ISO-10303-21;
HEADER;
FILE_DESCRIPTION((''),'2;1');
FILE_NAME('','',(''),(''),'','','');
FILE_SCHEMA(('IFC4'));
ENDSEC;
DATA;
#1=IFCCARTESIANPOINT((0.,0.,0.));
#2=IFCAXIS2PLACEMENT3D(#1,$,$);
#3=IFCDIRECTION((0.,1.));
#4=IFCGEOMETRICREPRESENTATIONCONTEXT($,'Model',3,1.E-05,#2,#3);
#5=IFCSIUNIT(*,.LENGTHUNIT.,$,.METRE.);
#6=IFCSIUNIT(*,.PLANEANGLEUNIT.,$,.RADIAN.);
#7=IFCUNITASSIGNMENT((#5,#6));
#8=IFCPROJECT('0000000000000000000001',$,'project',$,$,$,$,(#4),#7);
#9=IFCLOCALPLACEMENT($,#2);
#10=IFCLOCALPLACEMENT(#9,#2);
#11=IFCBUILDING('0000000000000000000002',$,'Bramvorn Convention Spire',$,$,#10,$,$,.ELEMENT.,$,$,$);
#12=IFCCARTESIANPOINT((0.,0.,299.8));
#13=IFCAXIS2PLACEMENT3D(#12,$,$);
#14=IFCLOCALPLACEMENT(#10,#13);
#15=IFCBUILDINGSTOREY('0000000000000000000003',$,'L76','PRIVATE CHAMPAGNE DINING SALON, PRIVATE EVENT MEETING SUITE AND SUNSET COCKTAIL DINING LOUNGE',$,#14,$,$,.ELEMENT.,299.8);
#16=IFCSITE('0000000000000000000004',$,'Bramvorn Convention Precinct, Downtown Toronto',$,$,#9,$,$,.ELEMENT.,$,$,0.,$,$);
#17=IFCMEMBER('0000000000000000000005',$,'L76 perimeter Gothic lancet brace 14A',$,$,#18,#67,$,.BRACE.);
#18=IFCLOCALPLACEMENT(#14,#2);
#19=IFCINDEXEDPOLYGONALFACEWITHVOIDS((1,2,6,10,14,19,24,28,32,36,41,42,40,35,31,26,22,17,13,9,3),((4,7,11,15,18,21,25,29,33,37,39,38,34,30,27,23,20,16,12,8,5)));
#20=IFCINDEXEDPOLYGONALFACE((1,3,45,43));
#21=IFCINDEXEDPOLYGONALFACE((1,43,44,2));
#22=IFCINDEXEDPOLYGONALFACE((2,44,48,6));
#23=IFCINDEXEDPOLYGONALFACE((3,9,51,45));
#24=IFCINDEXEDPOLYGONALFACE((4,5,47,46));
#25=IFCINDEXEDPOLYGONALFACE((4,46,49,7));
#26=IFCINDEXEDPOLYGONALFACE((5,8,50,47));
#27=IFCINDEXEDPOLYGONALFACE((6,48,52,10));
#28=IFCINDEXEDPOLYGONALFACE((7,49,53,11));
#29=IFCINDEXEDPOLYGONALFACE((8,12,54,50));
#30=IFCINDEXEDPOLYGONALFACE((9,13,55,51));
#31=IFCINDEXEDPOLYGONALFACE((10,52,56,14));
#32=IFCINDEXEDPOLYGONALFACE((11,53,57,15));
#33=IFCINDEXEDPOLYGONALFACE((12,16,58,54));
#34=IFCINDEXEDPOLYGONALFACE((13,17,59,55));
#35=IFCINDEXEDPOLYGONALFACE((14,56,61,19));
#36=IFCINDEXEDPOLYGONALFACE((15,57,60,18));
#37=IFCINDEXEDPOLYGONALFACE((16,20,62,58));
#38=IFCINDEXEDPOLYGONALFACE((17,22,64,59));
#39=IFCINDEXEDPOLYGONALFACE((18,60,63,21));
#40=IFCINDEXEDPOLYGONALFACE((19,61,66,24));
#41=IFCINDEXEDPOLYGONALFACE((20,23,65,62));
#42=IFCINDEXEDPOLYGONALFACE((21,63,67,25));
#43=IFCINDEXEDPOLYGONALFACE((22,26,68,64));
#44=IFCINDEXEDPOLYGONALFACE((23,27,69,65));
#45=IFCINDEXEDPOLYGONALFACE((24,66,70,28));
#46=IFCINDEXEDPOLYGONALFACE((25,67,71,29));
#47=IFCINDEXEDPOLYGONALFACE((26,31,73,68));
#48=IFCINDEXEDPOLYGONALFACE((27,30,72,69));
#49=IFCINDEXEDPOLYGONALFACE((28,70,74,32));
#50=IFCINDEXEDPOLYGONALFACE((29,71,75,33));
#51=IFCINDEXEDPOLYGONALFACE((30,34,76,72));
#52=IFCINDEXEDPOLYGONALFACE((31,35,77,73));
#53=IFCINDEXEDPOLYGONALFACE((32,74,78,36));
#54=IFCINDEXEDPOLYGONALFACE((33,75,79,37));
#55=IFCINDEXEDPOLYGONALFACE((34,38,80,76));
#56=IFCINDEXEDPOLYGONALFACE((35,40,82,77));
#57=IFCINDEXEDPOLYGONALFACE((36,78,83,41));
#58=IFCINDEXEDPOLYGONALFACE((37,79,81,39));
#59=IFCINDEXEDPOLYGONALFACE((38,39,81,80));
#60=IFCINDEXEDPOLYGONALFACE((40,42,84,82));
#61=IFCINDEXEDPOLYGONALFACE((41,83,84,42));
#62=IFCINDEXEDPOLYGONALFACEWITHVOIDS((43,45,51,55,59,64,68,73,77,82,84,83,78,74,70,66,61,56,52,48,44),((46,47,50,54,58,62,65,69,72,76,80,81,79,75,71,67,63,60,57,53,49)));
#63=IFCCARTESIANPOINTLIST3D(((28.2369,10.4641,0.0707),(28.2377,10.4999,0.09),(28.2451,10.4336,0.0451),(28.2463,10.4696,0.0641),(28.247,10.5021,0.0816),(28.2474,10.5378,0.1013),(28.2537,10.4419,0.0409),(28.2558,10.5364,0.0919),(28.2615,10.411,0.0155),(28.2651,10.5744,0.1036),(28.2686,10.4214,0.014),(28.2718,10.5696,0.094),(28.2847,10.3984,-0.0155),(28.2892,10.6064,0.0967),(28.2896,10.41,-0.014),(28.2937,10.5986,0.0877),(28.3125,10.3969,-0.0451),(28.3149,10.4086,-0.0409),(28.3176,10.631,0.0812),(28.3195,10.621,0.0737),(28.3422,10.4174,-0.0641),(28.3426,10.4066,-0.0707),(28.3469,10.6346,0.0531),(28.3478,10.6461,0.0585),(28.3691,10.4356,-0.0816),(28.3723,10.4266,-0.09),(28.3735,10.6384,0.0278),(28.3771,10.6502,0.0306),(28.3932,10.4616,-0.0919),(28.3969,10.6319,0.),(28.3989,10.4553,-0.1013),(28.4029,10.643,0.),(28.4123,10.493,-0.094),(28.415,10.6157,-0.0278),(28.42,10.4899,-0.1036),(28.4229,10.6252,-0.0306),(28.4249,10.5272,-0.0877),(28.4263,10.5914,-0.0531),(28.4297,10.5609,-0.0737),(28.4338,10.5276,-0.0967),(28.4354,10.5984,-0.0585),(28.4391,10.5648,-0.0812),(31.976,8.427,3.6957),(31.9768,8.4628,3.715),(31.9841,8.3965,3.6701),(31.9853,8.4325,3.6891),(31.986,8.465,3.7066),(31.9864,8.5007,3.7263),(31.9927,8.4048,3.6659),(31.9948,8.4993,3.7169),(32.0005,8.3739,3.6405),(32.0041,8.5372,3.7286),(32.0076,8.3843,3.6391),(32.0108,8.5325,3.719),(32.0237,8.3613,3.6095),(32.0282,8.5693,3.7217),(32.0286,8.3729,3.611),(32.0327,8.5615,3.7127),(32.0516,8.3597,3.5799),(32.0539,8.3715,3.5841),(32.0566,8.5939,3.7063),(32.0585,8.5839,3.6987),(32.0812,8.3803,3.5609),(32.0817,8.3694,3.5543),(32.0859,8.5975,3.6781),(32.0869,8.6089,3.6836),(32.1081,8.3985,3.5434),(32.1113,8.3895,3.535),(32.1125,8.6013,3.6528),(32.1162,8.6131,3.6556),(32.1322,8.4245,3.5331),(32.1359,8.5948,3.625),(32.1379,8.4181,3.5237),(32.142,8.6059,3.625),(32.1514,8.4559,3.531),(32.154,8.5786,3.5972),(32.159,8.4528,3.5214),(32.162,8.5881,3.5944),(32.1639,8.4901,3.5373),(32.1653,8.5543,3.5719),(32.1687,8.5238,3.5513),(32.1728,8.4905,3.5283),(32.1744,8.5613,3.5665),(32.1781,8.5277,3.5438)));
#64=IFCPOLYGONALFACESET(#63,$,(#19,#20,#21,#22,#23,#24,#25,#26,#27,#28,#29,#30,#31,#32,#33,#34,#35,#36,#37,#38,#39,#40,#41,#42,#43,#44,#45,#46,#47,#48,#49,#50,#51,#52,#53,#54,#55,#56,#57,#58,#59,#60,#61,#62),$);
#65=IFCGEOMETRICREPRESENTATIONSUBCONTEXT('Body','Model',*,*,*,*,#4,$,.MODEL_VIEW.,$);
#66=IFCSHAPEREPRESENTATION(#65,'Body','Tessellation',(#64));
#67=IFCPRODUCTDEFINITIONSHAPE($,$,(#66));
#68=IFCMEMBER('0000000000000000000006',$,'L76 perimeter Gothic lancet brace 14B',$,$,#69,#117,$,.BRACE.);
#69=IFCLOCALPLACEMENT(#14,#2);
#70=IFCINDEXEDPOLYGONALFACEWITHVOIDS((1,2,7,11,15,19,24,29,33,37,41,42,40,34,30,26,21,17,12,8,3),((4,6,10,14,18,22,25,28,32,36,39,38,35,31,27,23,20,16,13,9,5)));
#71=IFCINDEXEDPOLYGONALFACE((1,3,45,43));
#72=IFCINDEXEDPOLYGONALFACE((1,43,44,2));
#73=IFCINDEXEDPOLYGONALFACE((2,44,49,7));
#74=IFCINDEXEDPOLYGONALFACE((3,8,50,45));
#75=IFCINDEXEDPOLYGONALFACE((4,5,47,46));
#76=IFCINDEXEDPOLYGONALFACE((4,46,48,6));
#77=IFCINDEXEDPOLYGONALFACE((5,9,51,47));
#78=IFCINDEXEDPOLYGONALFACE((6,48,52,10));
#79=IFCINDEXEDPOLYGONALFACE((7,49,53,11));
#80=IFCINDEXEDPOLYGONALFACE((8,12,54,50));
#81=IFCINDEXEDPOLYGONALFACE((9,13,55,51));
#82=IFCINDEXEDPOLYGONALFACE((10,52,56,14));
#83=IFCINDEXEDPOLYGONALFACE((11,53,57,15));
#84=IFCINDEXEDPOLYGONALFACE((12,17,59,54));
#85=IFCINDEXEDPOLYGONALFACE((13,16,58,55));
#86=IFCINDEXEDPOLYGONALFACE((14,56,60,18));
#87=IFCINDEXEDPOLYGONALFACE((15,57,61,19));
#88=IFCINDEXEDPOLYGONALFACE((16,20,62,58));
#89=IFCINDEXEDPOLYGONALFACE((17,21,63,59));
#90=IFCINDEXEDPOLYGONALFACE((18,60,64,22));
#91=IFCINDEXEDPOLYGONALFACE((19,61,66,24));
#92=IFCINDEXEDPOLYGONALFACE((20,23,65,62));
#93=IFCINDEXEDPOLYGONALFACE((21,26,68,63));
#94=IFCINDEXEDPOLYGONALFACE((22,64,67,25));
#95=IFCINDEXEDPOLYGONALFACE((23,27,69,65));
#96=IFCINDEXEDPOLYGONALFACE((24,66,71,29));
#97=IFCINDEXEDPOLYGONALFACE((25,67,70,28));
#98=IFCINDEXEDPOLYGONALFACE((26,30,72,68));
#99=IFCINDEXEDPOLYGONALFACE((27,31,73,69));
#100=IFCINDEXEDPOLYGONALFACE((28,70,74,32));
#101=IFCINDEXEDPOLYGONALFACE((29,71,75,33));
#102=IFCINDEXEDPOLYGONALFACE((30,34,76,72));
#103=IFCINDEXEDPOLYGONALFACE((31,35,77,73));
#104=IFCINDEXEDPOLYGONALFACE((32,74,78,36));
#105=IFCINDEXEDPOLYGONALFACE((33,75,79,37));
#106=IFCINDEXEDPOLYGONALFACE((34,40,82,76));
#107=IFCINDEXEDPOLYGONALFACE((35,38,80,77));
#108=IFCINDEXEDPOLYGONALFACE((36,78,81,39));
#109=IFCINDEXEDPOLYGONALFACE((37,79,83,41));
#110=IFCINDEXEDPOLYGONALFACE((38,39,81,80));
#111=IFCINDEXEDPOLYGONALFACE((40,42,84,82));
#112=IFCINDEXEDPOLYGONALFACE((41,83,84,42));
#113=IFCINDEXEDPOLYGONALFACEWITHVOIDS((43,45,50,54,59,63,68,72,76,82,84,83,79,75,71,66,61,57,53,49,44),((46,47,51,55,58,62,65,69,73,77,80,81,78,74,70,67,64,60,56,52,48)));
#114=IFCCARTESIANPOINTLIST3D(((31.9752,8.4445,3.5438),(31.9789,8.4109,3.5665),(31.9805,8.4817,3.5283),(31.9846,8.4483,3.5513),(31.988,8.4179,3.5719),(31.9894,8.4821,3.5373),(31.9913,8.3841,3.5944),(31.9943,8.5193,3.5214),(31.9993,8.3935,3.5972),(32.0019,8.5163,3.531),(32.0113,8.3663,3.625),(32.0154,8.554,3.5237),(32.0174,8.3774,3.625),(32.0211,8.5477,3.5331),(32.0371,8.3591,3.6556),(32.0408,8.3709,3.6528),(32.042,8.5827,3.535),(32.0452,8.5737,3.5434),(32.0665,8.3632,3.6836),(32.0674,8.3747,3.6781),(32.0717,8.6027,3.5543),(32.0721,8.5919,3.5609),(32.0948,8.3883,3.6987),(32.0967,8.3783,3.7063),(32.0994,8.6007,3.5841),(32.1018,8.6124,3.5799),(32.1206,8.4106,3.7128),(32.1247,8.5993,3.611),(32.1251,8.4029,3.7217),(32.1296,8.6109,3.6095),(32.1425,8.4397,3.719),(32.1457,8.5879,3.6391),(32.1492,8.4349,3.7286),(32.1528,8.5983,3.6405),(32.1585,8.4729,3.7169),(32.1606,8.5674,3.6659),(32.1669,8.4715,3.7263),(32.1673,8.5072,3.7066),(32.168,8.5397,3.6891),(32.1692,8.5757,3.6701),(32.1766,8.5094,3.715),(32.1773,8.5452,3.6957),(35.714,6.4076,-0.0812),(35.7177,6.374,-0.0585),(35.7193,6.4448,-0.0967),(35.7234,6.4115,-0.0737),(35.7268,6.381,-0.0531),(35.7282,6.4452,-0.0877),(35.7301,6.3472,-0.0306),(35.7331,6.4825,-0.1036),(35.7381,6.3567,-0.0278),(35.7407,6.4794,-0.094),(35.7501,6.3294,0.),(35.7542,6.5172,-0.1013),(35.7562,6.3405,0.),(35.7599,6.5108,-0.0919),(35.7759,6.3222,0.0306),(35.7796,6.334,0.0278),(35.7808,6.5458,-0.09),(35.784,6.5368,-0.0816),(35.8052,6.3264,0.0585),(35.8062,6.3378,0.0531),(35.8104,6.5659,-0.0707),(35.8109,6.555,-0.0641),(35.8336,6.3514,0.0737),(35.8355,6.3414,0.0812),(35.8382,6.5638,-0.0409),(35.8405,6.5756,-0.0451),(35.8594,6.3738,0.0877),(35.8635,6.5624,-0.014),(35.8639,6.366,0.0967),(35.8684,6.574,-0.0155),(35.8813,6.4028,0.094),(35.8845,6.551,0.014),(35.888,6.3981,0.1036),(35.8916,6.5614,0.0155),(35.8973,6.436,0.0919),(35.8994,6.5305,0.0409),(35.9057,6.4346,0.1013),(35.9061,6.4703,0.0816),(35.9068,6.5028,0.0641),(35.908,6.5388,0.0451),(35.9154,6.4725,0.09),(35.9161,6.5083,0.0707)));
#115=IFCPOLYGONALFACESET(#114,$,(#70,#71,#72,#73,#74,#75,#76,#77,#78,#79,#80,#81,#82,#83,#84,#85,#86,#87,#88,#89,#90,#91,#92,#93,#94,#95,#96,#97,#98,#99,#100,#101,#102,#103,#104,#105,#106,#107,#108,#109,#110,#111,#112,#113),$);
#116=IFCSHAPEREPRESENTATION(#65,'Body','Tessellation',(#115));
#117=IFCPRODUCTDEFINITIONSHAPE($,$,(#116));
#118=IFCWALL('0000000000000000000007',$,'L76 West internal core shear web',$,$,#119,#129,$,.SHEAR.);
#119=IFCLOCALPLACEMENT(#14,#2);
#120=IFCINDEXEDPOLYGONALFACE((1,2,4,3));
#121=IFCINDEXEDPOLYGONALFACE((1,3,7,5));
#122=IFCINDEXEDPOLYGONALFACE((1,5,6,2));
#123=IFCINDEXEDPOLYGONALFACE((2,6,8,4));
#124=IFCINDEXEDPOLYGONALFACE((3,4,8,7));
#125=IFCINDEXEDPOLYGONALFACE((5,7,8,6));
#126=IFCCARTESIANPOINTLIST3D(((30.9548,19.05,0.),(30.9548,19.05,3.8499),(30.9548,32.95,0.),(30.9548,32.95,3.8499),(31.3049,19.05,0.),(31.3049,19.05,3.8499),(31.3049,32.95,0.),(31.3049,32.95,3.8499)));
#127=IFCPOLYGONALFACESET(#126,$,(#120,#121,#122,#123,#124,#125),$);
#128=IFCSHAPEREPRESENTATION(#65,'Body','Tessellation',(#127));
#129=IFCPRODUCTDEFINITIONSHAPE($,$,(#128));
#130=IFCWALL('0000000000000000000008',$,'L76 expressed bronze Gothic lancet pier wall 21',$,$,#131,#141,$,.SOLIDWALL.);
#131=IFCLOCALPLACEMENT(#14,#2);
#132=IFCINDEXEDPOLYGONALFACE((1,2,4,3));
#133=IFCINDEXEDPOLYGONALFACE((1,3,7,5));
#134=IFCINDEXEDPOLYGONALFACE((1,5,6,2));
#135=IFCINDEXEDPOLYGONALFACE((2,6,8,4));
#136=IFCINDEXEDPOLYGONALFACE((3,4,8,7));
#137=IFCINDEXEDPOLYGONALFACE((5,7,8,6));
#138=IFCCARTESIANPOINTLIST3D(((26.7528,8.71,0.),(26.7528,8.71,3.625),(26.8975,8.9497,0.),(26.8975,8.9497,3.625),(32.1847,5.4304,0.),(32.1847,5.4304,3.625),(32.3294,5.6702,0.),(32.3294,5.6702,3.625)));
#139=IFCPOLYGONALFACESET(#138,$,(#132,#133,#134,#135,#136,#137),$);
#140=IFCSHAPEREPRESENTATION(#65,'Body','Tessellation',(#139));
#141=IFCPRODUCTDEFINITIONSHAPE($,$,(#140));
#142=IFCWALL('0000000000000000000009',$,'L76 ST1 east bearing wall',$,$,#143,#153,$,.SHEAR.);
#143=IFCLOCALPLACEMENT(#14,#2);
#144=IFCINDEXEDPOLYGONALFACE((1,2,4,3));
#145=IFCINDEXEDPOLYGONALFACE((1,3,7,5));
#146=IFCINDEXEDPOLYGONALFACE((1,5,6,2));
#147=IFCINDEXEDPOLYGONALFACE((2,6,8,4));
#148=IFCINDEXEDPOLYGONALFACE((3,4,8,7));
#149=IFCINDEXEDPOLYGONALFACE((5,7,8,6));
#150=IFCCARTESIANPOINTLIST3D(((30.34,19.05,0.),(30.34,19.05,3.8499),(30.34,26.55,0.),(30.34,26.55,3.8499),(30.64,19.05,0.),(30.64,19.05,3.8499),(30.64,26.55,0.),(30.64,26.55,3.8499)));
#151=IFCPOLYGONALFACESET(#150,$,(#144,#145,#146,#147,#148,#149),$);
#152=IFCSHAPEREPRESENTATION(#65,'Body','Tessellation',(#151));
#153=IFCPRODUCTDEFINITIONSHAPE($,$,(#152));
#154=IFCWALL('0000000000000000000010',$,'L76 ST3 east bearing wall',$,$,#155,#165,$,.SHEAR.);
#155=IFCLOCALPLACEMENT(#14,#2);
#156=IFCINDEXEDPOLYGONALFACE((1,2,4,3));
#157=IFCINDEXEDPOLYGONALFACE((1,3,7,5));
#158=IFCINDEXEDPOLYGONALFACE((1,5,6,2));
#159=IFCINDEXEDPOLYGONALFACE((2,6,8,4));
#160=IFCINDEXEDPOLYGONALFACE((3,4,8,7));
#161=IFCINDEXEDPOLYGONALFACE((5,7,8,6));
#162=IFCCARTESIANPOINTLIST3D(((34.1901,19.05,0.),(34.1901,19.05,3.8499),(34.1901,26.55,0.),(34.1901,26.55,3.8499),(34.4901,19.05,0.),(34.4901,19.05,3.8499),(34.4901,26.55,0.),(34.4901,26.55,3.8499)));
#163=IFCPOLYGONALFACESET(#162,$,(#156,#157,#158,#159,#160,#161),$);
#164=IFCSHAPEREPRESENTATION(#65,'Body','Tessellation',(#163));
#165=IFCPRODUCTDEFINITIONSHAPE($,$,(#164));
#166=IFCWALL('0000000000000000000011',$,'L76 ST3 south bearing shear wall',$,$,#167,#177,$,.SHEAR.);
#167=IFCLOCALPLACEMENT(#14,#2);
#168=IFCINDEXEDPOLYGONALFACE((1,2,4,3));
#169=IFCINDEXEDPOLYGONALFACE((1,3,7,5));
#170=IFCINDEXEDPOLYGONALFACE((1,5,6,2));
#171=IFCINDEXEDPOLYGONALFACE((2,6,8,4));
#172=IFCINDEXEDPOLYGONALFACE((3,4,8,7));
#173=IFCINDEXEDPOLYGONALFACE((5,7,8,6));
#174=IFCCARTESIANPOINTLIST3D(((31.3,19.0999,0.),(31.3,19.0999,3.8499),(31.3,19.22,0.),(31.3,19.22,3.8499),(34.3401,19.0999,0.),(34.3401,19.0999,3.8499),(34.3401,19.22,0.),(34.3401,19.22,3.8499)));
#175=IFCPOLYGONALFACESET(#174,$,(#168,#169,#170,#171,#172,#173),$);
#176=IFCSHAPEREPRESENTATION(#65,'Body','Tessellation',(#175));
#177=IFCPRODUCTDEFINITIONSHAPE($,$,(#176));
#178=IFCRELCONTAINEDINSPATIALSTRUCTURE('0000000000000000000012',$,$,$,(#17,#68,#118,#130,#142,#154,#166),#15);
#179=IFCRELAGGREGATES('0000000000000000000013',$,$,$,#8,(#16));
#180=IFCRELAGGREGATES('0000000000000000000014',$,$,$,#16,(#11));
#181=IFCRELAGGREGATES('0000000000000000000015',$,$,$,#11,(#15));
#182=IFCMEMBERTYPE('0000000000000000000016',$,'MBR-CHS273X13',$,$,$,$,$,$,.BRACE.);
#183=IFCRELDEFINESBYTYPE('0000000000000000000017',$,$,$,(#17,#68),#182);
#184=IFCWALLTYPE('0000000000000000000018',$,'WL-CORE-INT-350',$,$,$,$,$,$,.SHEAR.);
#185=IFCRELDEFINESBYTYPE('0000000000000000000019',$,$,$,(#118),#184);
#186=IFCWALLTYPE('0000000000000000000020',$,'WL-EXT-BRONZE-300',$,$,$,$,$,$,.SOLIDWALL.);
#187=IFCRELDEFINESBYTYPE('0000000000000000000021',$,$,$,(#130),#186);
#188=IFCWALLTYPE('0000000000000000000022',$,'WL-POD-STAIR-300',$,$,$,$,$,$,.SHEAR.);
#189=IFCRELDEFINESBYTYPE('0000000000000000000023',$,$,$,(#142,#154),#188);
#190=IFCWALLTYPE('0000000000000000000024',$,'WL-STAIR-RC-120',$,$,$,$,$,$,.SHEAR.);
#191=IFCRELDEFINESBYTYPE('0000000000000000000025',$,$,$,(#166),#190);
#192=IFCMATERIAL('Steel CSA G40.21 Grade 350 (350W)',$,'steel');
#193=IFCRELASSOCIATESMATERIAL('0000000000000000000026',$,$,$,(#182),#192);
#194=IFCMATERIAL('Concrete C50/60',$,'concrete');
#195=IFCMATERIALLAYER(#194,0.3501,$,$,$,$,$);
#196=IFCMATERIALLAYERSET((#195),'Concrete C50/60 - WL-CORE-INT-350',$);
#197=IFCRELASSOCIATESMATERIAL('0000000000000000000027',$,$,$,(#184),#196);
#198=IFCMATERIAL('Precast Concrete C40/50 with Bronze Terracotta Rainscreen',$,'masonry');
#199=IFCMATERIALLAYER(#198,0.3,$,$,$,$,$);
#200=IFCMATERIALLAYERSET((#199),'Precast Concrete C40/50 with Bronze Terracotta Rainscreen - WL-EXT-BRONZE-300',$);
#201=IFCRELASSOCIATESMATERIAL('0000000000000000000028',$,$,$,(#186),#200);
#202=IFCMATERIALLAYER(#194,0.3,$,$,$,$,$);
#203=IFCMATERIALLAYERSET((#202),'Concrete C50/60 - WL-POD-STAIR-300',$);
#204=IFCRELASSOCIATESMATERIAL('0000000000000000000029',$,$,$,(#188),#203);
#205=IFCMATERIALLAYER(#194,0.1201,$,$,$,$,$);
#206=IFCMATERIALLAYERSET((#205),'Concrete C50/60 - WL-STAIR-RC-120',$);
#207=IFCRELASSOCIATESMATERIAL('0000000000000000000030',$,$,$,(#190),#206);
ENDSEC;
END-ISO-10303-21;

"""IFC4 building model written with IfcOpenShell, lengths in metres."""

from ifc_helpers import new_model, si_unit, direction, frame, frame_2d, origin, origin_2d, place, context, subcontext, project, spatial, rectangle, hollow_circle, extrude, material, layer, layer_set, material_profile, profile_set, type_object, element, save


model = new_model("IFC4")

# Units and contexts
model_context = context("Model", 3, precision=1e-05, world=origin(), true_north=direction((0.0, 1.0)))
body_context = subcontext(model_context, "Body", "Model", "MODEL_VIEW")
ifc_project = project(units=[si_unit("LENGTHUNIT", "METRE"), si_unit("PLANEANGLEUNIT", "RADIAN")], contexts=[model_context])

# Site, building, storey
site_placement = place(None, origin())
site = spatial("IfcSite", under=ifc_project, at=site_placement, Name="Bramvorn Convention Precinct, Downtown Toronto", CompositionType="ELEMENT", RefElevation=0.0)
building_placement = place(site_placement, origin())
building = spatial("IfcBuilding", under=site, at=building_placement, Name="Bramvorn Convention Spire", CompositionType="ELEMENT")
storey_placement = place(building_placement, frame((0.0, 0.0, 299.8)))
storey = spatial("IfcBuildingStorey", under=building, at=storey_placement, Name="L76", Description="PRIVATE CHAMPAGNE DINING SALON, PRIVATE EVENT MEETING SUITE AND SUNSET COCKTAIL DINING LOUNGE", CompositionType="ELEMENT", Elevation=299.8)

# Shared definitions
ifc_material_1 = material(Name="Steel CSA G40.21 Grade 350 (350W)", Category="steel")

# Members
ifc_material_profile_1 = material_profile(ifc_material_1, hollow_circle(Radius=0.1365, WallThickness=0.0127, at=origin_2d()))
ifc_profile_set_1 = profile_set([ifc_material_profile_1], Name="Steel CSA G40.21 Grade 350 (350W) - CHS273X13")
member_type = type_object("IfcMemberType", Name="MBR-CHS273X13", PredefinedType="BRACE", material=ifc_profile_set_1)
member_1_placement = place(storey_placement, frame((28.3376, 10.5232, 0.0), z_axis=(0.668634, -0.364289, 0.648245), x_axis=(0.478426, 0.878128, 0.0)))
element("IfcMember", 1, at=member_1_placement, inside=storey, type_object=member_type, Name="L76 perimeter Gothic lancet brace 14A", PredefinedType="BRACE", context=body_context, shape_type="SweptSolid", body=[
    extrude(hollow_circle(Radius=0.1365, WallThickness=0.0127, at=origin_2d()), origin(), (0.0, 0.0, 1.0), 5.592),
])
member_2_placement = place(storey_placement, frame((35.8154, 6.4492, 0.0), z_axis=(-0.668621, 0.364262, 0.648275), x_axis=(-0.478406, -0.878139, 0.0)))
element("IfcMember", 2, at=member_2_placement, inside=storey, type_object=member_type, Name="L76 perimeter Gothic lancet brace 14B", PredefinedType="BRACE", context=body_context, shape_type="SweptSolid", body=[
    extrude(hollow_circle(Radius=0.1365, WallThickness=0.0127, at=origin_2d()), origin(), (0.0, 0.0, 1.0), 5.5918),
])

# Walls
ifc_material_2 = material(Name="Concrete C50/60", Category="concrete")
ifc_layer_1 = layer(ifc_material_2, 0.3501)
ifc_layer_set_1 = layer_set([ifc_layer_1], Name="Concrete C50/60 - WL-CORE-INT-350")
wall_type_1 = type_object("IfcWallType", Name="WL-CORE-INT-350", PredefinedType="SHEAR", material=ifc_layer_set_1)
wall_1_placement = place(storey_placement, frame((31.1299, 19.05, 0.0), z_axis=(0.0, 0.0, 1.0), x_axis=(0.0, 1.0, 0.0)))
element("IfcWall", 3, at=wall_1_placement, inside=storey, type_object=wall_type_1, Name="L76 West internal core shear web", PredefinedType="SHEAR", context=body_context, shape_type="SweptSolid", body=[
    extrude(rectangle(XDim=13.8999, YDim=0.3501, at=frame_2d((6.95, 0.0))), origin(), (0.0, 0.0, 1.0), 3.8499),
])
ifc_material_3 = material(Name="Precast Concrete C40/50 with Bronze Terracotta Rainscreen", Category="masonry")
ifc_layer_2 = layer(ifc_material_3, 0.3)
ifc_layer_set_2 = layer_set([ifc_layer_2], Name="Precast Concrete C40/50 with Bronze Terracotta Rainscreen - WL-EXT-BRONZE-300")
wall_type_2 = type_object("IfcWallType", Name="WL-EXT-BRONZE-300", PredefinedType="SOLIDWALL", material=ifc_layer_set_2)
wall_2_placement = place(storey_placement, frame((32.2571, 5.5503, 0.0), z_axis=(0.0, 0.0, 1.0), x_axis=(-0.856071, 0.516859, 0.0)))
element("IfcWall", 4, at=wall_2_placement, inside=storey, type_object=wall_type_2, Name="L76 expressed bronze Gothic lancet pier wall 21", PredefinedType="SOLIDWALL", context=body_context, shape_type="SweptSolid", body=[
    extrude(rectangle(XDim=6.3452, YDim=0.28, at=frame_2d((3.1726, 0.0))), origin(), (0.0, 0.0, 1.0), 3.625),
])
ifc_layer_3 = layer(ifc_material_2, 0.3)
ifc_layer_set_3 = layer_set([ifc_layer_3], Name="Concrete C50/60 - WL-POD-STAIR-300")
wall_type_3 = type_object("IfcWallType", Name="WL-POD-STAIR-300", PredefinedType="SHEAR", material=ifc_layer_set_3)
for number, where, z_axis, x_axis, name in (
    (5, (30.49, 19.05, 0.0), (0.0, 0.0, 1.0), (0.0, 1.0, 0.0), "L76 ST1 east bearing wall"),
    (6, (34.3401, 19.05, 0.0), (0.0, 0.0, 1.0), (0.0, 1.0, 0.0), "L76 ST3 east bearing wall"),
):
    element("IfcWall", number, at=place(storey_placement, frame(where, z_axis=z_axis, x_axis=x_axis)), inside=storey, type_object=wall_type_3, Name=name, PredefinedType="SHEAR", context=body_context, shape_type="SweptSolid", body=[
        extrude(rectangle(XDim=7.5, YDim=0.3, at=frame_2d((3.75, 0.0))), origin(), (0.0, 0.0, 1.0), 3.8499),
    ])
ifc_layer_4 = layer(ifc_material_2, 0.1201)
ifc_layer_set_4 = layer_set([ifc_layer_4], Name="Concrete C50/60 - WL-STAIR-RC-120")
wall_type_4 = type_object("IfcWallType", Name="WL-STAIR-RC-120", PredefinedType="SHEAR", material=ifc_layer_set_4)
wall_3_placement = place(storey_placement, frame((31.3, 19.1599, 0.0), z_axis=(0.0, 0.0, 1.0), x_axis=(1.0, 0.0, 0.0)))
element("IfcWall", 7, at=wall_3_placement, inside=storey, type_object=wall_type_4, Name="L76 ST3 south bearing shear wall", PredefinedType="SHEAR", context=body_context, shape_type="SweptSolid", body=[
    extrude(rectangle(XDim=3.04, YDim=0.1201, at=frame_2d((1.52, 0.0))), origin(), (0.0, 0.0, 1.0), 3.8499),
])

save(model, "model.ifc")
